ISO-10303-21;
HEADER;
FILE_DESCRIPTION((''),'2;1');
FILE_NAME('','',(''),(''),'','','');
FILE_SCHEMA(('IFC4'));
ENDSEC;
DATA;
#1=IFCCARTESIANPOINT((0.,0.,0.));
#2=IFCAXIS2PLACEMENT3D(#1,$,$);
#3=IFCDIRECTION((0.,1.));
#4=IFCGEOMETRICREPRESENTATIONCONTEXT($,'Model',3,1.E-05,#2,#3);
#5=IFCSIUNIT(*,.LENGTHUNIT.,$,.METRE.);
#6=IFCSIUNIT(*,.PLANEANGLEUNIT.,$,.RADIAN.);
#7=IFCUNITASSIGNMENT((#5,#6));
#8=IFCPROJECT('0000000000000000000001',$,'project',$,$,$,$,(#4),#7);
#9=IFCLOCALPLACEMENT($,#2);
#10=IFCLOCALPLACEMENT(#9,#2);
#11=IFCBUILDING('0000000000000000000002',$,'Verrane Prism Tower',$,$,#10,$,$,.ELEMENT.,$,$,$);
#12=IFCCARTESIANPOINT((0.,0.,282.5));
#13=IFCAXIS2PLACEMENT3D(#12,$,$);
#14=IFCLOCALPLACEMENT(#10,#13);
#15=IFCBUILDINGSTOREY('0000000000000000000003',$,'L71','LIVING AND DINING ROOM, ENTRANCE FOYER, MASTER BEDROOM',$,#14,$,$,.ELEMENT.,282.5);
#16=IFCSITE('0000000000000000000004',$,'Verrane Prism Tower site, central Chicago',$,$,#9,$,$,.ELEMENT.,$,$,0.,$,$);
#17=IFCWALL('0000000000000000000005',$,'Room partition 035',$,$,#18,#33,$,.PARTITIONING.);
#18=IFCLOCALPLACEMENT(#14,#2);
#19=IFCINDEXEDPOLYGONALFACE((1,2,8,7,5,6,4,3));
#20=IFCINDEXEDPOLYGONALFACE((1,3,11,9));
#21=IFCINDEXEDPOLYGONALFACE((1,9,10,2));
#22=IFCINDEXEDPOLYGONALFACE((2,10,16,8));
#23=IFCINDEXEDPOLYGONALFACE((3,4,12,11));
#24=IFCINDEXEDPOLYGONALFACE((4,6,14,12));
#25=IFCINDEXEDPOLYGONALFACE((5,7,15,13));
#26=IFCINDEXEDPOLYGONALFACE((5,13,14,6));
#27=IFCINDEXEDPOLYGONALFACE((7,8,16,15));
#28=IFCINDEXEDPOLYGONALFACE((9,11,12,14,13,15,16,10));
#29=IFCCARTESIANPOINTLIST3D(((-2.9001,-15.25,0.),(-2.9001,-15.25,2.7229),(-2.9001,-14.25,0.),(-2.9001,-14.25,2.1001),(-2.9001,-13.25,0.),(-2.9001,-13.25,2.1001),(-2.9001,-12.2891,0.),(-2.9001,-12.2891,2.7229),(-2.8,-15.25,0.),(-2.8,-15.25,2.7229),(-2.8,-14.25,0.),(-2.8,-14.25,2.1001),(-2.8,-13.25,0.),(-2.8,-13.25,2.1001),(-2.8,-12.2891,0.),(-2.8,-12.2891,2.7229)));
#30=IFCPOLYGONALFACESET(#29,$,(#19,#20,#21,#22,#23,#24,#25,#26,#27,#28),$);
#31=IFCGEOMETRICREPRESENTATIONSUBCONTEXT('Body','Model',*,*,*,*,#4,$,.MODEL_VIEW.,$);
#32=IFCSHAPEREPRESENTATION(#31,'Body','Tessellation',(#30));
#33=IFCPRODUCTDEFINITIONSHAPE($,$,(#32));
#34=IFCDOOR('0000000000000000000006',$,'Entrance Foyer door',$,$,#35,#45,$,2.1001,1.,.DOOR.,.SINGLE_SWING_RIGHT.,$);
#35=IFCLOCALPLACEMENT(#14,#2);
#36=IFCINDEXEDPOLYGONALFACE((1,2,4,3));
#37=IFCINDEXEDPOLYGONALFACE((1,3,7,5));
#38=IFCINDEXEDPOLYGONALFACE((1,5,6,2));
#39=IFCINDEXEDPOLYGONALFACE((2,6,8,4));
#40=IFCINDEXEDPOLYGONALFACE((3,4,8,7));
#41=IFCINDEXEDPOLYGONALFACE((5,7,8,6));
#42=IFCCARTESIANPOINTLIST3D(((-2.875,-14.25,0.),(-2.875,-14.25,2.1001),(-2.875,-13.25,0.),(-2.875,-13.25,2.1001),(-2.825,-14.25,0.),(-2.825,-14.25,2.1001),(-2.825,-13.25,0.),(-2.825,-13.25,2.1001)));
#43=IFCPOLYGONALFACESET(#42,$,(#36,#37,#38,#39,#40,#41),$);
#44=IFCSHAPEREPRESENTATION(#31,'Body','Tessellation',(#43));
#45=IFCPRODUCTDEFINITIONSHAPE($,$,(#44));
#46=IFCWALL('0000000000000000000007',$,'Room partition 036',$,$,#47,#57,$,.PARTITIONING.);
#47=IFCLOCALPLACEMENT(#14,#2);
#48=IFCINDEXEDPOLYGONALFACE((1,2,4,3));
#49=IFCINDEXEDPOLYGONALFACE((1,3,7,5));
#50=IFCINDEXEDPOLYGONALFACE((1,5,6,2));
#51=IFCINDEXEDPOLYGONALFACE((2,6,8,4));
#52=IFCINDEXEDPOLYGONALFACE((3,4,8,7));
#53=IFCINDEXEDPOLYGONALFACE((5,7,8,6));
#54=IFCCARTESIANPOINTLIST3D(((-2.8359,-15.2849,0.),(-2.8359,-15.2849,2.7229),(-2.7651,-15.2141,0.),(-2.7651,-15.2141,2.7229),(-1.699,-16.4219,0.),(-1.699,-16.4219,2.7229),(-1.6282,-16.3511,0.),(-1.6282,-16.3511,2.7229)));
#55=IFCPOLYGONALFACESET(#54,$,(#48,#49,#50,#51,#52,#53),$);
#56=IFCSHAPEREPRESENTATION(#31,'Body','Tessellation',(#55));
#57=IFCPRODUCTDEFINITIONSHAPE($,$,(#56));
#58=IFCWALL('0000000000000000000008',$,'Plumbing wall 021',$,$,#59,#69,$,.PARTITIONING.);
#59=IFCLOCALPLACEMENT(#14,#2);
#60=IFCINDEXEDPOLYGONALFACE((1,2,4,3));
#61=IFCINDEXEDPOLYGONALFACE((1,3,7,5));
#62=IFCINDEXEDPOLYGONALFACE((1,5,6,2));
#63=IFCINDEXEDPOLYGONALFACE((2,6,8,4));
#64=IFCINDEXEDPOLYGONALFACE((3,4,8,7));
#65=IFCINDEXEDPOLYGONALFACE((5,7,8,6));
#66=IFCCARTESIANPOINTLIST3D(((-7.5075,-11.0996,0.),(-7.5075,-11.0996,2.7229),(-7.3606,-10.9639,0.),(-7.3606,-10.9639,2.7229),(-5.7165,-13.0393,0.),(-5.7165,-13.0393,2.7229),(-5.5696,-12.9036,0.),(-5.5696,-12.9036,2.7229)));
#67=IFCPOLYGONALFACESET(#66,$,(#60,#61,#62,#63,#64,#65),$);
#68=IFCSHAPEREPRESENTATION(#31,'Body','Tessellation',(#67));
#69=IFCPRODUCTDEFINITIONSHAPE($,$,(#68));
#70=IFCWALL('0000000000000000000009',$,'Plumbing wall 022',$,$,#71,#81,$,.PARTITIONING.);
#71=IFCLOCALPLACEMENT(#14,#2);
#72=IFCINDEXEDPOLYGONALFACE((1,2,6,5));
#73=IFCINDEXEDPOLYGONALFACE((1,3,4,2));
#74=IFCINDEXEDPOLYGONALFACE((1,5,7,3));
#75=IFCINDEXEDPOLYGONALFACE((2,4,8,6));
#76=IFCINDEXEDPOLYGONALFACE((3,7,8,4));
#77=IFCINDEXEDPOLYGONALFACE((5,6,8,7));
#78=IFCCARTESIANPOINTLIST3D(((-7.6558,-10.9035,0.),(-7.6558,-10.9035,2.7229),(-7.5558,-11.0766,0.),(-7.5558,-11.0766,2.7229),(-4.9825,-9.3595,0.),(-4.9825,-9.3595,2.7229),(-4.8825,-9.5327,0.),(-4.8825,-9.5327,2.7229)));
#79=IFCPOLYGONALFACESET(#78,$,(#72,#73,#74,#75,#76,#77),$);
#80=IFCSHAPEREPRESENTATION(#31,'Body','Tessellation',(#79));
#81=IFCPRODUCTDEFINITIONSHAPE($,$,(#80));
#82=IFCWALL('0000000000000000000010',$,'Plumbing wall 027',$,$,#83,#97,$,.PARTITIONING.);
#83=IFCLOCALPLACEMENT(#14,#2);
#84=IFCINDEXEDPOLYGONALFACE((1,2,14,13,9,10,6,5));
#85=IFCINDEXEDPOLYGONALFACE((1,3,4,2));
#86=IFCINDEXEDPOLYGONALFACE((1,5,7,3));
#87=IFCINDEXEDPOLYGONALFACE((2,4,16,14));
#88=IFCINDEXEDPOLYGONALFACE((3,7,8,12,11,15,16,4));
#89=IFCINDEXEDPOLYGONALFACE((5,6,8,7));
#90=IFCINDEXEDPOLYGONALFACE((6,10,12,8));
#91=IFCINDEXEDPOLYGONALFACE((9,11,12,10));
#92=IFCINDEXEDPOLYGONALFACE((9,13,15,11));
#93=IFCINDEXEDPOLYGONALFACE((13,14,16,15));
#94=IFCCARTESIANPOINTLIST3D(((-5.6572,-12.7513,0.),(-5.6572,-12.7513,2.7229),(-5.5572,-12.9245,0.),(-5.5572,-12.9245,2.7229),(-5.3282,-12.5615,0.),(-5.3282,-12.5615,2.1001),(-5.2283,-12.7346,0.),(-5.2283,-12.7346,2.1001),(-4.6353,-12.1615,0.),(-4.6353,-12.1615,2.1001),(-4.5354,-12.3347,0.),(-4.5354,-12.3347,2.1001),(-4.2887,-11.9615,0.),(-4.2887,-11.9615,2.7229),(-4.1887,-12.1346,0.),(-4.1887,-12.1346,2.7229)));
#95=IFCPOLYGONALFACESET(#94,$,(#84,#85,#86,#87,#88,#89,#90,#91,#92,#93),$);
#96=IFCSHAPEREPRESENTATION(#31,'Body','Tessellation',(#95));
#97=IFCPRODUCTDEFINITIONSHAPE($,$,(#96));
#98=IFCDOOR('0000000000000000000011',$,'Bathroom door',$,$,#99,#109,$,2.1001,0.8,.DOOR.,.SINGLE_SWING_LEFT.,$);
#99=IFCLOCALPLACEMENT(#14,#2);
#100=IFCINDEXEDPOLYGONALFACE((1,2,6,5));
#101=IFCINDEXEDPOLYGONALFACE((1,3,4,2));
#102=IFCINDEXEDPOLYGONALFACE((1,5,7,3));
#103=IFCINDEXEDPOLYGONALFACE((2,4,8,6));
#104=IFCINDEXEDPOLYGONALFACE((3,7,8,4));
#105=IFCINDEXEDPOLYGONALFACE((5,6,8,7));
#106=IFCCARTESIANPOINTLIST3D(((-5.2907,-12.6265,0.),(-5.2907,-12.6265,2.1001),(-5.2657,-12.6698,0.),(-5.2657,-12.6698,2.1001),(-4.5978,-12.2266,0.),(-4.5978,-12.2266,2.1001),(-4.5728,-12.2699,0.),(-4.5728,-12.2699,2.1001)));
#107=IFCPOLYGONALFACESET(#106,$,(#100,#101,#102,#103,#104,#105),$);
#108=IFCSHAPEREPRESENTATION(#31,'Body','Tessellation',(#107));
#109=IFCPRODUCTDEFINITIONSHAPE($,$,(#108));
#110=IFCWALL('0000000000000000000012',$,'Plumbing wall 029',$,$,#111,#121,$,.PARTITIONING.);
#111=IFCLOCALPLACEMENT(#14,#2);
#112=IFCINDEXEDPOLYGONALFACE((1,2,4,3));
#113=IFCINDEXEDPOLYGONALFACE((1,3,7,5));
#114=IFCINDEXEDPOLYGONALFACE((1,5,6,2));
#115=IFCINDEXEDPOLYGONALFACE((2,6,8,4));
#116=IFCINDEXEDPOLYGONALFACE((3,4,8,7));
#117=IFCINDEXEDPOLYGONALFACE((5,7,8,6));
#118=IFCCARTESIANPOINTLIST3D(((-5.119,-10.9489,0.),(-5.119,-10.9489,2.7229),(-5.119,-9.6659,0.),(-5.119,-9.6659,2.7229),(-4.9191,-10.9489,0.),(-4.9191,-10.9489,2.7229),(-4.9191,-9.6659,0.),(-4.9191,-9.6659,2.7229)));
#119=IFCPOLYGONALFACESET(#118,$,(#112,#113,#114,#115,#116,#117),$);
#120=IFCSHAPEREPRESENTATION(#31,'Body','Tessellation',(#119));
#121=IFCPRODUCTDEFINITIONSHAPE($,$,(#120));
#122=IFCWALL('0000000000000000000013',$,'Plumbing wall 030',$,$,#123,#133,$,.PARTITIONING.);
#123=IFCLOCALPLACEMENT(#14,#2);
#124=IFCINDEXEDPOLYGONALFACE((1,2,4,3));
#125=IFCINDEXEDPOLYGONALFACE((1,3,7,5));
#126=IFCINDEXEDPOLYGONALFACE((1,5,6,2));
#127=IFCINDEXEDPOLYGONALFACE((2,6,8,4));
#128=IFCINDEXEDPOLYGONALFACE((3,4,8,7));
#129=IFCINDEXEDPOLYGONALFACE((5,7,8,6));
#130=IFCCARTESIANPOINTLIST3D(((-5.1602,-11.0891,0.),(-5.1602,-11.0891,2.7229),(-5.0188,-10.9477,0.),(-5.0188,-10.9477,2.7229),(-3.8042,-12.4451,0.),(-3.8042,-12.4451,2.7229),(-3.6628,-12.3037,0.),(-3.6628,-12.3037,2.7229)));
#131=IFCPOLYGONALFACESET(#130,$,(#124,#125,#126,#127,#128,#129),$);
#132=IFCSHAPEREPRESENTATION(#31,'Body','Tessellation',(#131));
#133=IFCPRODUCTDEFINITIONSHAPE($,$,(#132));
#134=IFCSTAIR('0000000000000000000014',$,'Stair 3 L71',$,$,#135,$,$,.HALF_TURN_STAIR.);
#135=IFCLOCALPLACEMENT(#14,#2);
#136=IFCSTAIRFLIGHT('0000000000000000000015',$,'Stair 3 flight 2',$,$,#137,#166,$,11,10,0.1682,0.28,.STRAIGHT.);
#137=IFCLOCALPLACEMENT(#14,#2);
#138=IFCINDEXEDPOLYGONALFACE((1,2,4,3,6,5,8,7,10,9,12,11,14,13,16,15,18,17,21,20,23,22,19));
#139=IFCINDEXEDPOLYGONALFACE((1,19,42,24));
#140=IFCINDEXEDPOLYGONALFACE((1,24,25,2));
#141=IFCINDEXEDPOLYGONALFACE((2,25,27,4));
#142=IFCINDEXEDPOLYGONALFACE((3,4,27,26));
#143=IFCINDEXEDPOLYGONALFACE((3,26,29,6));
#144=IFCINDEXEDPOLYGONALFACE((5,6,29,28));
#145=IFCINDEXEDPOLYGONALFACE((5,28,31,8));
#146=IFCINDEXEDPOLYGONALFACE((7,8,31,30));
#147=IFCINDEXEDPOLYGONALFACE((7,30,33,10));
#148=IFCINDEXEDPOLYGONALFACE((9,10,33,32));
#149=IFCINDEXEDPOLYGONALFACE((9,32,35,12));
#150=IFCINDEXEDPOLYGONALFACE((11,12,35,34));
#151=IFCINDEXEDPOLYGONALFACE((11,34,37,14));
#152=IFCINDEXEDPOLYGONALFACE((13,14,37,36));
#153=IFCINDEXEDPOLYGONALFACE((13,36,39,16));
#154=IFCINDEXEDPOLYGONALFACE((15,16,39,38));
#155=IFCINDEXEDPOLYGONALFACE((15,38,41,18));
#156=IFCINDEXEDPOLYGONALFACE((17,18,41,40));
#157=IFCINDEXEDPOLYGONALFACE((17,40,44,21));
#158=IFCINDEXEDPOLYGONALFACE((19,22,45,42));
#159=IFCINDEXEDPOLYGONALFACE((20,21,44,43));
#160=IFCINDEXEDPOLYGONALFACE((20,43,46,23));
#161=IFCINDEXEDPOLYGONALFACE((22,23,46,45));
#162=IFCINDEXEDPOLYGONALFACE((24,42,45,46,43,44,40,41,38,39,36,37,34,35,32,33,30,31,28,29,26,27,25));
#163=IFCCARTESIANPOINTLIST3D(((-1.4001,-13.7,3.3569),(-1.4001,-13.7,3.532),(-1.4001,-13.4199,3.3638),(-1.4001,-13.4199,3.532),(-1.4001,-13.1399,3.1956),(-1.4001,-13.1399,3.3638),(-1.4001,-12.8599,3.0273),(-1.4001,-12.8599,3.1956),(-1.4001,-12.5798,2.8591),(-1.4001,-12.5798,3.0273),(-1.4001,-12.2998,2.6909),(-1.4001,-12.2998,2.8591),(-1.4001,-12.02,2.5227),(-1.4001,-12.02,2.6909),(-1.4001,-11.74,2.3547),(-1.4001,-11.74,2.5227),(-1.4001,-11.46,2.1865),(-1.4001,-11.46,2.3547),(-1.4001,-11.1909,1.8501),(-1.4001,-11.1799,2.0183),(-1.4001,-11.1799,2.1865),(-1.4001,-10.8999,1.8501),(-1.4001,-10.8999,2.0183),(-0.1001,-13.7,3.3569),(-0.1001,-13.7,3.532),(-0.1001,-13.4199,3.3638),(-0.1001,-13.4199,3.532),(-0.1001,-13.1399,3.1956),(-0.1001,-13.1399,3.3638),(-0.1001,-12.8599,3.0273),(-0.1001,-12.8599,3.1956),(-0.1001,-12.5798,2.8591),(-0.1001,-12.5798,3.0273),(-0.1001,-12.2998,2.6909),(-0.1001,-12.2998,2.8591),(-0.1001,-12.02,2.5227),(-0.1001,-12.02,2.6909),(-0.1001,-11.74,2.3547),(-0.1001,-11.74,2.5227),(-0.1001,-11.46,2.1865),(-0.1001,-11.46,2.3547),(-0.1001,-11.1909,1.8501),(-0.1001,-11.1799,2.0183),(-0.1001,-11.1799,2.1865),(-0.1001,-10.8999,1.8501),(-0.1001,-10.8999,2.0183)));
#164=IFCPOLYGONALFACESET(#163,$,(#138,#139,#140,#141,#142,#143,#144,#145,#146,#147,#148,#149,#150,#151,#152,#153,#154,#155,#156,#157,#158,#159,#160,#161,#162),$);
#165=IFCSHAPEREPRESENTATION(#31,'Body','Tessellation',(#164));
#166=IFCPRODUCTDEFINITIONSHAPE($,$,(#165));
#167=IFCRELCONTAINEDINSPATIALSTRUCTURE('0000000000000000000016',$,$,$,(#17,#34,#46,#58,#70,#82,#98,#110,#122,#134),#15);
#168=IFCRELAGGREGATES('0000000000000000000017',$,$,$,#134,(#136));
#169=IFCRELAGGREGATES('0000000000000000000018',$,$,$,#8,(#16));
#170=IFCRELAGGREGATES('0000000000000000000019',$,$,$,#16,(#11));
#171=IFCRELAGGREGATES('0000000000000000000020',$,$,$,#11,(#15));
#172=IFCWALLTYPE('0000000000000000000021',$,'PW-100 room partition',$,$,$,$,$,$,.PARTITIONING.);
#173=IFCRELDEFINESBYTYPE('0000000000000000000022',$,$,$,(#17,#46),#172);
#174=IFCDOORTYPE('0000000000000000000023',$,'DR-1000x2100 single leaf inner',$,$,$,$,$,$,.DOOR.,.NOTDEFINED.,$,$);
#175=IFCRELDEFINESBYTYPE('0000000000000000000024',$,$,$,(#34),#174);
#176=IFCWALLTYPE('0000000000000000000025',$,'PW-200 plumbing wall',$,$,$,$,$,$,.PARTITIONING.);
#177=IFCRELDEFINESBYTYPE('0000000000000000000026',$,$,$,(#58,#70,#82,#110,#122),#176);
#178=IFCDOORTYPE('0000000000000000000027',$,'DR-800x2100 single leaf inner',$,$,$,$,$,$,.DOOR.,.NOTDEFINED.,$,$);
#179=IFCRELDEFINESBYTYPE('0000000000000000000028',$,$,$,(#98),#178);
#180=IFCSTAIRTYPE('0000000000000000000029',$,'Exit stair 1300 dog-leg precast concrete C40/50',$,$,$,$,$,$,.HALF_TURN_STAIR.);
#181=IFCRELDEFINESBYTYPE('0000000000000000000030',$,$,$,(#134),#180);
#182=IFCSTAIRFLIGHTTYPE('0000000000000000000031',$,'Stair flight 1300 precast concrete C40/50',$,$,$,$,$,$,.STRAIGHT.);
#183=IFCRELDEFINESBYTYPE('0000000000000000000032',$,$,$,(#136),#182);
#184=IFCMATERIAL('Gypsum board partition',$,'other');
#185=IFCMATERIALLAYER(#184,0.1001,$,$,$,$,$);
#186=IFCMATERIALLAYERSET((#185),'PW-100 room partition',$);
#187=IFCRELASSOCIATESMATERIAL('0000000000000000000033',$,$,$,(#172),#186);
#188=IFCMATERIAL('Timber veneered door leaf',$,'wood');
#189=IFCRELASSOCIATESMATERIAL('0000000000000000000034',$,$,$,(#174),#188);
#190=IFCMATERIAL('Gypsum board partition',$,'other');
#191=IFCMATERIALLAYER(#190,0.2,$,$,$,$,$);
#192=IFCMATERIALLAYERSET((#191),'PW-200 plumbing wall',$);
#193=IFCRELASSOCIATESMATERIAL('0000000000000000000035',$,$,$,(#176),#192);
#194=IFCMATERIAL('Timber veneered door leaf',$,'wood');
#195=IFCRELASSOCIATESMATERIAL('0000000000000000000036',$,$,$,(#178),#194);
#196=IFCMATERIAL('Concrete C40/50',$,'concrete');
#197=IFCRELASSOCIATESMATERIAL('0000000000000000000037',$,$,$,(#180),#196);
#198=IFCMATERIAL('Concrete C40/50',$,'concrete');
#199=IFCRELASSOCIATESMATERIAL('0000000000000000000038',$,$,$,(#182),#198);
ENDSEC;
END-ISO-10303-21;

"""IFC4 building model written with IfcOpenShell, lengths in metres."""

from ifc_helpers import new_model, si_unit, direction, frame, frame_2d, origin, place, context, subcontext, project, spatial, polyline, rectangle, outline, extrude, material, layer, layer_set, type_object, element, fill, aggregate, save


model = new_model("IFC4")

# Units and contexts
model_context = context("Model", 3, precision=1e-05, world=origin(), true_north=direction((0.0, 1.0)))
body_context = subcontext(model_context, "Body", "Model", "MODEL_VIEW")
ifc_project = project(units=[si_unit("LENGTHUNIT", "METRE"), si_unit("PLANEANGLEUNIT", "RADIAN")], contexts=[model_context])

# Site, building, storey
site_placement = place(None, origin())
site = spatial("IfcSite", under=ifc_project, at=site_placement, Name="Verrane Prism Tower site, central Chicago", CompositionType="ELEMENT", RefElevation=0.0)
building_placement = place(site_placement, origin())
building = spatial("IfcBuilding", under=site, at=building_placement, Name="Verrane Prism Tower", CompositionType="ELEMENT")
storey_placement = place(building_placement, frame((0.0, 0.0, 282.5)))
storey = spatial("IfcBuildingStorey", under=building, at=storey_placement, Name="L71", Description="LIVING AND DINING ROOM, ENTRANCE FOYER, MASTER BEDROOM", CompositionType="ELEMENT", Elevation=282.5)

# Shared definitions
ifc_material_1 = material(Name="Gypsum board partition", Category="other")
ifc_layer_1 = layer(ifc_material_1, 0.1001)
ifc_layer_set_1 = layer_set([ifc_layer_1], Name="PW-100 room partition")
wall_type_1 = type_object("IfcWallType", Name="PW-100 room partition", PredefinedType="PARTITIONING", material=ifc_layer_set_1)

# Wall, opening, door
wall_1_placement = place(storey_placement, frame((-2.8501, -15.25, 0.0), z_axis=(0.0, 0.0, 1.0), x_axis=(0.0, 1.0, 0.0)))
wall_1 = element("IfcWall", 1, at=wall_1_placement, inside=storey, type_object=wall_type_1, Name="Room partition 035", PredefinedType="PARTITIONING", context=body_context, shape_type="SweptSolid", body=[
    extrude(rectangle(XDim=2.9609, YDim=0.1001, at=frame_2d((1.4805, 0.0))), origin(), (0.0, 0.0, 1.0), 2.7229),
])
opening_1_placement = place(wall_1_placement, frame((1.0, 0.0, 0.0)))
opening_1 = element("IfcOpeningElement", 2, at=opening_1_placement, cuts=wall_1, PredefinedType="OPENING", context=body_context, shape_type="SweptSolid", body=[
    extrude(rectangle(XDim=1.0, YDim=2.1001, at=frame_2d((0.5, 1.05))), frame((0.0, 0.0601, 0.0), z_axis=(0.0, -1.0, 0.0), x_axis=(1.0, 0.0, 0.0)), (0.0, 0.0, 1.0), 0.1201),
])
ifc_material_2 = material(Name="Timber veneered door leaf", Category="wood")
door_type_1 = type_object("IfcDoorType", Name="DR-1000x2100 single leaf inner", OperationType="NOTDEFINED", PredefinedType="DOOR", material=ifc_material_2)
door_1_placement = place(opening_1_placement, origin())
door_1 = element("IfcDoor", 3, at=door_1_placement, inside=storey, type_object=door_type_1, Name="Entrance Foyer door", OperationType="SINGLE_SWING_RIGHT", OverallHeight=2.1001, OverallWidth=1.0, PredefinedType="DOOR", context=body_context, shape_type="SweptSolid", body=[
    extrude(rectangle(XDim=1.0, YDim=2.1001, at=frame_2d((0.5, 1.05))), frame((0.0, 0.0249, 0.0), z_axis=(0.0, -1.0, 0.0), x_axis=(1.0, 0.0, 0.0)), (0.0, 0.0, 1.0), 0.05),
])
fill(opening_1, door_1)

# Walls
wall_2_placement = place(storey_placement, frame((-2.8005, -15.2495, 0.0), z_axis=(0.0, 0.0, 1.0), x_axis=(0.707107, -0.707107, 0.0)))
element("IfcWall", 4, at=wall_2_placement, inside=storey, type_object=wall_type_1, Name="Room partition 036", PredefinedType="PARTITIONING", context=body_context, shape_type="SweptSolid", body=[
    extrude(rectangle(XDim=1.6079, YDim=0.1001, at=frame_2d((0.804, 0.0))), origin(), (0.0, 0.0, 1.0), 2.7229),
])
ifc_material_3 = material(Name="Gypsum board partition", Category="other")
ifc_layer_2 = layer(ifc_material_3, 0.2)
ifc_layer_set_2 = layer_set([ifc_layer_2], Name="PW-200 plumbing wall")
wall_type_2 = type_object("IfcWallType", Name="PW-200 plumbing wall", PredefinedType="PARTITIONING", material=ifc_layer_set_2)
wall_3_placement = place(storey_placement, frame((-7.4341, -11.0317, 0.0), z_axis=(0.0, 0.0, 1.0), x_axis=(0.678388, -0.734704, 0.0)))
element("IfcWall", 5, at=wall_3_placement, inside=storey, type_object=wall_type_2, Name="Plumbing wall 021", PredefinedType="PARTITIONING", context=body_context, shape_type="SweptSolid", body=[
    extrude(rectangle(XDim=2.6401, YDim=0.2, at=frame_2d((1.3201, 0.0))), origin(), (0.0, 0.0, 1.0), 2.7229),
])
wall_4_placement = place(storey_placement, frame((-7.6057, -10.99, 0.0), z_axis=(0.0, 0.0, 1.0), x_axis=(0.865956, 0.500119, 0.0)))
element("IfcWall", 6, at=wall_4_placement, inside=storey, type_object=wall_type_2, Name="Plumbing wall 022", PredefinedType="PARTITIONING", context=body_context, shape_type="SweptSolid", body=[
    extrude(rectangle(XDim=3.0872, YDim=0.2, at=frame_2d((1.5435, 0.0))), origin(), (0.0, 0.0, 1.0), 2.7229),
])

# Wall, opening, door
wall_5_placement = place(storey_placement, frame((-5.6072, -12.8379, 0.0), z_axis=(0.0, 0.0, 1.0), x_axis=(0.866096, 0.499879, 0.0)))
wall_5 = element("IfcWall", 7, at=wall_5_placement, inside=storey, type_object=wall_type_2, Name="Plumbing wall 027", PredefinedType="PARTITIONING", context=body_context, shape_type="SweptSolid", body=[
    extrude(rectangle(XDim=1.5801, YDim=0.2, at=frame_2d((0.79, 0.0))), origin(), (0.0, 0.0, 1.0), 2.7229),
])
opening_2_placement = place(wall_5_placement, frame((0.3799, 0.0, 0.0)))
opening_2 = element("IfcOpeningElement", 8, at=opening_2_placement, cuts=wall_5, PredefinedType="OPENING", context=body_context, shape_type="SweptSolid", body=[
    extrude(rectangle(XDim=0.8, YDim=2.1001, at=frame_2d((0.3999, 1.05))), frame((0.0, 0.1099, 0.0), z_axis=(0.0, -1.0, 0.0), x_axis=(1.0, 0.0, 0.0)), (0.0, 0.0, 1.0), 0.22),
])
ifc_material_4 = material(Name="Timber veneered door leaf", Category="wood")
door_type_2 = type_object("IfcDoorType", Name="DR-800x2100 single leaf inner", OperationType="NOTDEFINED", PredefinedType="DOOR", material=ifc_material_4)
door_2_placement = place(opening_2_placement, origin())
door_2 = element("IfcDoor", 9, at=door_2_placement, inside=storey, type_object=door_type_2, Name="Bathroom door", OperationType="SINGLE_SWING_LEFT", OverallHeight=2.1001, OverallWidth=0.8, PredefinedType="DOOR", context=body_context, shape_type="SweptSolid", body=[
    extrude(rectangle(XDim=0.8, YDim=2.1001, at=frame_2d((0.3999, 1.05))), frame((0.0, 0.0249, 0.0), z_axis=(0.0, -1.0, 0.0), x_axis=(1.0, 0.0, 0.0)), (0.0, 0.0, 1.0), 0.05),
])
fill(opening_2, door_2)

# Walls
wall_6_placement = place(storey_placement, frame((-5.019, -10.949, 0.0), z_axis=(0.0, 0.0, 1.0), x_axis=(0.0, 1.0, 0.0)))
element("IfcWall", 10, at=wall_6_placement, inside=storey, type_object=wall_type_2, Name="Plumbing wall 029", PredefinedType="PARTITIONING", context=body_context, shape_type="SweptSolid", body=[
    extrude(rectangle(XDim=1.283, YDim=0.2, at=frame_2d((0.6416, 0.0))), origin(), (0.0, 0.0, 1.0), 2.7229),
])
wall_7_placement = place(storey_placement, frame((-5.0896, -11.0183, 0.0), z_axis=(0.0, 0.0, 1.0), x_axis=(0.707107, -0.707107, 0.0)))
element("IfcWall", 11, at=wall_7_placement, inside=storey, type_object=wall_type_2, Name="Plumbing wall 030", PredefinedType="PARTITIONING", context=body_context, shape_type="SweptSolid", body=[
    extrude(rectangle(XDim=1.9177, YDim=0.2, at=frame_2d((0.959, 0.0))), origin(), (0.0, 0.0, 1.0), 2.7229),
])

# Stair, stair flight
ifc_material_5 = material(Name="Concrete C40/50", Category="concrete")
stair_type = type_object("IfcStairType", Name="Exit stair 1300 dog-leg precast concrete C40/50", PredefinedType="HALF_TURN_STAIR", material=ifc_material_5)
stair_placement = place(storey_placement, origin())
stair = element("IfcStair", 12, at=stair_placement, inside=storey, type_object=stair_type, Name="Stair 3 L71", PredefinedType="HALF_TURN_STAIR")
ifc_material_6 = material(Name="Concrete C40/50", Category="concrete")
stair_flight_type = type_object("IfcStairFlightType", Name="Stair flight 1300 precast concrete C40/50", PredefinedType="STRAIGHT", material=ifc_material_6)
stair_flight_placement = place(storey_placement, frame((-0.75, -10.8999, 1.8501), z_axis=(0.0, 0.0, 1.0), x_axis=(0.0, -1.0, 0.0)))
stair_flight = element("IfcStairFlight", 13, at=stair_flight_placement, type_object=stair_flight_type, Name="Stair 3 flight 2", NumberOfRisers=11, NumberOfTreads=10, PredefinedType="STRAIGHT", RiserHeight=0.1682, TreadLength=0.28, context=body_context, shape_type="SweptSolid", body=[
    extrude(outline(polyline([(0.0, 0.0), (0.0, 0.1682), (0.28, 0.1682), (0.28, 0.3364), (0.5601, 0.3364), (0.5601, 0.5046), (0.8401, 0.5046), (0.8401, 0.6726), (1.1201, 0.6726), (1.1201, 0.8408), (1.3999, 0.8408), (1.3999, 1.009), (1.6799, 1.009), (1.6799, 1.1772), (1.96, 1.1772), (1.96, 1.3455), (2.24, 1.3455), (2.24, 1.5137), (2.52, 1.5137), (2.52, 1.6819), (2.8, 1.6819), (2.8, 1.8501), (2.8, 1.5068), (0.291, 0.0), (0.0, 0.0)])), frame((0.0, 0.6499, 0.0), z_axis=(0.0, -1.0, 0.0), x_axis=(1.0, 0.0, 0.0)), (0.0, 0.0, 1.0), 1.3),
])
aggregate(stair, [stair_flight])

save(model, "model.ifc")
